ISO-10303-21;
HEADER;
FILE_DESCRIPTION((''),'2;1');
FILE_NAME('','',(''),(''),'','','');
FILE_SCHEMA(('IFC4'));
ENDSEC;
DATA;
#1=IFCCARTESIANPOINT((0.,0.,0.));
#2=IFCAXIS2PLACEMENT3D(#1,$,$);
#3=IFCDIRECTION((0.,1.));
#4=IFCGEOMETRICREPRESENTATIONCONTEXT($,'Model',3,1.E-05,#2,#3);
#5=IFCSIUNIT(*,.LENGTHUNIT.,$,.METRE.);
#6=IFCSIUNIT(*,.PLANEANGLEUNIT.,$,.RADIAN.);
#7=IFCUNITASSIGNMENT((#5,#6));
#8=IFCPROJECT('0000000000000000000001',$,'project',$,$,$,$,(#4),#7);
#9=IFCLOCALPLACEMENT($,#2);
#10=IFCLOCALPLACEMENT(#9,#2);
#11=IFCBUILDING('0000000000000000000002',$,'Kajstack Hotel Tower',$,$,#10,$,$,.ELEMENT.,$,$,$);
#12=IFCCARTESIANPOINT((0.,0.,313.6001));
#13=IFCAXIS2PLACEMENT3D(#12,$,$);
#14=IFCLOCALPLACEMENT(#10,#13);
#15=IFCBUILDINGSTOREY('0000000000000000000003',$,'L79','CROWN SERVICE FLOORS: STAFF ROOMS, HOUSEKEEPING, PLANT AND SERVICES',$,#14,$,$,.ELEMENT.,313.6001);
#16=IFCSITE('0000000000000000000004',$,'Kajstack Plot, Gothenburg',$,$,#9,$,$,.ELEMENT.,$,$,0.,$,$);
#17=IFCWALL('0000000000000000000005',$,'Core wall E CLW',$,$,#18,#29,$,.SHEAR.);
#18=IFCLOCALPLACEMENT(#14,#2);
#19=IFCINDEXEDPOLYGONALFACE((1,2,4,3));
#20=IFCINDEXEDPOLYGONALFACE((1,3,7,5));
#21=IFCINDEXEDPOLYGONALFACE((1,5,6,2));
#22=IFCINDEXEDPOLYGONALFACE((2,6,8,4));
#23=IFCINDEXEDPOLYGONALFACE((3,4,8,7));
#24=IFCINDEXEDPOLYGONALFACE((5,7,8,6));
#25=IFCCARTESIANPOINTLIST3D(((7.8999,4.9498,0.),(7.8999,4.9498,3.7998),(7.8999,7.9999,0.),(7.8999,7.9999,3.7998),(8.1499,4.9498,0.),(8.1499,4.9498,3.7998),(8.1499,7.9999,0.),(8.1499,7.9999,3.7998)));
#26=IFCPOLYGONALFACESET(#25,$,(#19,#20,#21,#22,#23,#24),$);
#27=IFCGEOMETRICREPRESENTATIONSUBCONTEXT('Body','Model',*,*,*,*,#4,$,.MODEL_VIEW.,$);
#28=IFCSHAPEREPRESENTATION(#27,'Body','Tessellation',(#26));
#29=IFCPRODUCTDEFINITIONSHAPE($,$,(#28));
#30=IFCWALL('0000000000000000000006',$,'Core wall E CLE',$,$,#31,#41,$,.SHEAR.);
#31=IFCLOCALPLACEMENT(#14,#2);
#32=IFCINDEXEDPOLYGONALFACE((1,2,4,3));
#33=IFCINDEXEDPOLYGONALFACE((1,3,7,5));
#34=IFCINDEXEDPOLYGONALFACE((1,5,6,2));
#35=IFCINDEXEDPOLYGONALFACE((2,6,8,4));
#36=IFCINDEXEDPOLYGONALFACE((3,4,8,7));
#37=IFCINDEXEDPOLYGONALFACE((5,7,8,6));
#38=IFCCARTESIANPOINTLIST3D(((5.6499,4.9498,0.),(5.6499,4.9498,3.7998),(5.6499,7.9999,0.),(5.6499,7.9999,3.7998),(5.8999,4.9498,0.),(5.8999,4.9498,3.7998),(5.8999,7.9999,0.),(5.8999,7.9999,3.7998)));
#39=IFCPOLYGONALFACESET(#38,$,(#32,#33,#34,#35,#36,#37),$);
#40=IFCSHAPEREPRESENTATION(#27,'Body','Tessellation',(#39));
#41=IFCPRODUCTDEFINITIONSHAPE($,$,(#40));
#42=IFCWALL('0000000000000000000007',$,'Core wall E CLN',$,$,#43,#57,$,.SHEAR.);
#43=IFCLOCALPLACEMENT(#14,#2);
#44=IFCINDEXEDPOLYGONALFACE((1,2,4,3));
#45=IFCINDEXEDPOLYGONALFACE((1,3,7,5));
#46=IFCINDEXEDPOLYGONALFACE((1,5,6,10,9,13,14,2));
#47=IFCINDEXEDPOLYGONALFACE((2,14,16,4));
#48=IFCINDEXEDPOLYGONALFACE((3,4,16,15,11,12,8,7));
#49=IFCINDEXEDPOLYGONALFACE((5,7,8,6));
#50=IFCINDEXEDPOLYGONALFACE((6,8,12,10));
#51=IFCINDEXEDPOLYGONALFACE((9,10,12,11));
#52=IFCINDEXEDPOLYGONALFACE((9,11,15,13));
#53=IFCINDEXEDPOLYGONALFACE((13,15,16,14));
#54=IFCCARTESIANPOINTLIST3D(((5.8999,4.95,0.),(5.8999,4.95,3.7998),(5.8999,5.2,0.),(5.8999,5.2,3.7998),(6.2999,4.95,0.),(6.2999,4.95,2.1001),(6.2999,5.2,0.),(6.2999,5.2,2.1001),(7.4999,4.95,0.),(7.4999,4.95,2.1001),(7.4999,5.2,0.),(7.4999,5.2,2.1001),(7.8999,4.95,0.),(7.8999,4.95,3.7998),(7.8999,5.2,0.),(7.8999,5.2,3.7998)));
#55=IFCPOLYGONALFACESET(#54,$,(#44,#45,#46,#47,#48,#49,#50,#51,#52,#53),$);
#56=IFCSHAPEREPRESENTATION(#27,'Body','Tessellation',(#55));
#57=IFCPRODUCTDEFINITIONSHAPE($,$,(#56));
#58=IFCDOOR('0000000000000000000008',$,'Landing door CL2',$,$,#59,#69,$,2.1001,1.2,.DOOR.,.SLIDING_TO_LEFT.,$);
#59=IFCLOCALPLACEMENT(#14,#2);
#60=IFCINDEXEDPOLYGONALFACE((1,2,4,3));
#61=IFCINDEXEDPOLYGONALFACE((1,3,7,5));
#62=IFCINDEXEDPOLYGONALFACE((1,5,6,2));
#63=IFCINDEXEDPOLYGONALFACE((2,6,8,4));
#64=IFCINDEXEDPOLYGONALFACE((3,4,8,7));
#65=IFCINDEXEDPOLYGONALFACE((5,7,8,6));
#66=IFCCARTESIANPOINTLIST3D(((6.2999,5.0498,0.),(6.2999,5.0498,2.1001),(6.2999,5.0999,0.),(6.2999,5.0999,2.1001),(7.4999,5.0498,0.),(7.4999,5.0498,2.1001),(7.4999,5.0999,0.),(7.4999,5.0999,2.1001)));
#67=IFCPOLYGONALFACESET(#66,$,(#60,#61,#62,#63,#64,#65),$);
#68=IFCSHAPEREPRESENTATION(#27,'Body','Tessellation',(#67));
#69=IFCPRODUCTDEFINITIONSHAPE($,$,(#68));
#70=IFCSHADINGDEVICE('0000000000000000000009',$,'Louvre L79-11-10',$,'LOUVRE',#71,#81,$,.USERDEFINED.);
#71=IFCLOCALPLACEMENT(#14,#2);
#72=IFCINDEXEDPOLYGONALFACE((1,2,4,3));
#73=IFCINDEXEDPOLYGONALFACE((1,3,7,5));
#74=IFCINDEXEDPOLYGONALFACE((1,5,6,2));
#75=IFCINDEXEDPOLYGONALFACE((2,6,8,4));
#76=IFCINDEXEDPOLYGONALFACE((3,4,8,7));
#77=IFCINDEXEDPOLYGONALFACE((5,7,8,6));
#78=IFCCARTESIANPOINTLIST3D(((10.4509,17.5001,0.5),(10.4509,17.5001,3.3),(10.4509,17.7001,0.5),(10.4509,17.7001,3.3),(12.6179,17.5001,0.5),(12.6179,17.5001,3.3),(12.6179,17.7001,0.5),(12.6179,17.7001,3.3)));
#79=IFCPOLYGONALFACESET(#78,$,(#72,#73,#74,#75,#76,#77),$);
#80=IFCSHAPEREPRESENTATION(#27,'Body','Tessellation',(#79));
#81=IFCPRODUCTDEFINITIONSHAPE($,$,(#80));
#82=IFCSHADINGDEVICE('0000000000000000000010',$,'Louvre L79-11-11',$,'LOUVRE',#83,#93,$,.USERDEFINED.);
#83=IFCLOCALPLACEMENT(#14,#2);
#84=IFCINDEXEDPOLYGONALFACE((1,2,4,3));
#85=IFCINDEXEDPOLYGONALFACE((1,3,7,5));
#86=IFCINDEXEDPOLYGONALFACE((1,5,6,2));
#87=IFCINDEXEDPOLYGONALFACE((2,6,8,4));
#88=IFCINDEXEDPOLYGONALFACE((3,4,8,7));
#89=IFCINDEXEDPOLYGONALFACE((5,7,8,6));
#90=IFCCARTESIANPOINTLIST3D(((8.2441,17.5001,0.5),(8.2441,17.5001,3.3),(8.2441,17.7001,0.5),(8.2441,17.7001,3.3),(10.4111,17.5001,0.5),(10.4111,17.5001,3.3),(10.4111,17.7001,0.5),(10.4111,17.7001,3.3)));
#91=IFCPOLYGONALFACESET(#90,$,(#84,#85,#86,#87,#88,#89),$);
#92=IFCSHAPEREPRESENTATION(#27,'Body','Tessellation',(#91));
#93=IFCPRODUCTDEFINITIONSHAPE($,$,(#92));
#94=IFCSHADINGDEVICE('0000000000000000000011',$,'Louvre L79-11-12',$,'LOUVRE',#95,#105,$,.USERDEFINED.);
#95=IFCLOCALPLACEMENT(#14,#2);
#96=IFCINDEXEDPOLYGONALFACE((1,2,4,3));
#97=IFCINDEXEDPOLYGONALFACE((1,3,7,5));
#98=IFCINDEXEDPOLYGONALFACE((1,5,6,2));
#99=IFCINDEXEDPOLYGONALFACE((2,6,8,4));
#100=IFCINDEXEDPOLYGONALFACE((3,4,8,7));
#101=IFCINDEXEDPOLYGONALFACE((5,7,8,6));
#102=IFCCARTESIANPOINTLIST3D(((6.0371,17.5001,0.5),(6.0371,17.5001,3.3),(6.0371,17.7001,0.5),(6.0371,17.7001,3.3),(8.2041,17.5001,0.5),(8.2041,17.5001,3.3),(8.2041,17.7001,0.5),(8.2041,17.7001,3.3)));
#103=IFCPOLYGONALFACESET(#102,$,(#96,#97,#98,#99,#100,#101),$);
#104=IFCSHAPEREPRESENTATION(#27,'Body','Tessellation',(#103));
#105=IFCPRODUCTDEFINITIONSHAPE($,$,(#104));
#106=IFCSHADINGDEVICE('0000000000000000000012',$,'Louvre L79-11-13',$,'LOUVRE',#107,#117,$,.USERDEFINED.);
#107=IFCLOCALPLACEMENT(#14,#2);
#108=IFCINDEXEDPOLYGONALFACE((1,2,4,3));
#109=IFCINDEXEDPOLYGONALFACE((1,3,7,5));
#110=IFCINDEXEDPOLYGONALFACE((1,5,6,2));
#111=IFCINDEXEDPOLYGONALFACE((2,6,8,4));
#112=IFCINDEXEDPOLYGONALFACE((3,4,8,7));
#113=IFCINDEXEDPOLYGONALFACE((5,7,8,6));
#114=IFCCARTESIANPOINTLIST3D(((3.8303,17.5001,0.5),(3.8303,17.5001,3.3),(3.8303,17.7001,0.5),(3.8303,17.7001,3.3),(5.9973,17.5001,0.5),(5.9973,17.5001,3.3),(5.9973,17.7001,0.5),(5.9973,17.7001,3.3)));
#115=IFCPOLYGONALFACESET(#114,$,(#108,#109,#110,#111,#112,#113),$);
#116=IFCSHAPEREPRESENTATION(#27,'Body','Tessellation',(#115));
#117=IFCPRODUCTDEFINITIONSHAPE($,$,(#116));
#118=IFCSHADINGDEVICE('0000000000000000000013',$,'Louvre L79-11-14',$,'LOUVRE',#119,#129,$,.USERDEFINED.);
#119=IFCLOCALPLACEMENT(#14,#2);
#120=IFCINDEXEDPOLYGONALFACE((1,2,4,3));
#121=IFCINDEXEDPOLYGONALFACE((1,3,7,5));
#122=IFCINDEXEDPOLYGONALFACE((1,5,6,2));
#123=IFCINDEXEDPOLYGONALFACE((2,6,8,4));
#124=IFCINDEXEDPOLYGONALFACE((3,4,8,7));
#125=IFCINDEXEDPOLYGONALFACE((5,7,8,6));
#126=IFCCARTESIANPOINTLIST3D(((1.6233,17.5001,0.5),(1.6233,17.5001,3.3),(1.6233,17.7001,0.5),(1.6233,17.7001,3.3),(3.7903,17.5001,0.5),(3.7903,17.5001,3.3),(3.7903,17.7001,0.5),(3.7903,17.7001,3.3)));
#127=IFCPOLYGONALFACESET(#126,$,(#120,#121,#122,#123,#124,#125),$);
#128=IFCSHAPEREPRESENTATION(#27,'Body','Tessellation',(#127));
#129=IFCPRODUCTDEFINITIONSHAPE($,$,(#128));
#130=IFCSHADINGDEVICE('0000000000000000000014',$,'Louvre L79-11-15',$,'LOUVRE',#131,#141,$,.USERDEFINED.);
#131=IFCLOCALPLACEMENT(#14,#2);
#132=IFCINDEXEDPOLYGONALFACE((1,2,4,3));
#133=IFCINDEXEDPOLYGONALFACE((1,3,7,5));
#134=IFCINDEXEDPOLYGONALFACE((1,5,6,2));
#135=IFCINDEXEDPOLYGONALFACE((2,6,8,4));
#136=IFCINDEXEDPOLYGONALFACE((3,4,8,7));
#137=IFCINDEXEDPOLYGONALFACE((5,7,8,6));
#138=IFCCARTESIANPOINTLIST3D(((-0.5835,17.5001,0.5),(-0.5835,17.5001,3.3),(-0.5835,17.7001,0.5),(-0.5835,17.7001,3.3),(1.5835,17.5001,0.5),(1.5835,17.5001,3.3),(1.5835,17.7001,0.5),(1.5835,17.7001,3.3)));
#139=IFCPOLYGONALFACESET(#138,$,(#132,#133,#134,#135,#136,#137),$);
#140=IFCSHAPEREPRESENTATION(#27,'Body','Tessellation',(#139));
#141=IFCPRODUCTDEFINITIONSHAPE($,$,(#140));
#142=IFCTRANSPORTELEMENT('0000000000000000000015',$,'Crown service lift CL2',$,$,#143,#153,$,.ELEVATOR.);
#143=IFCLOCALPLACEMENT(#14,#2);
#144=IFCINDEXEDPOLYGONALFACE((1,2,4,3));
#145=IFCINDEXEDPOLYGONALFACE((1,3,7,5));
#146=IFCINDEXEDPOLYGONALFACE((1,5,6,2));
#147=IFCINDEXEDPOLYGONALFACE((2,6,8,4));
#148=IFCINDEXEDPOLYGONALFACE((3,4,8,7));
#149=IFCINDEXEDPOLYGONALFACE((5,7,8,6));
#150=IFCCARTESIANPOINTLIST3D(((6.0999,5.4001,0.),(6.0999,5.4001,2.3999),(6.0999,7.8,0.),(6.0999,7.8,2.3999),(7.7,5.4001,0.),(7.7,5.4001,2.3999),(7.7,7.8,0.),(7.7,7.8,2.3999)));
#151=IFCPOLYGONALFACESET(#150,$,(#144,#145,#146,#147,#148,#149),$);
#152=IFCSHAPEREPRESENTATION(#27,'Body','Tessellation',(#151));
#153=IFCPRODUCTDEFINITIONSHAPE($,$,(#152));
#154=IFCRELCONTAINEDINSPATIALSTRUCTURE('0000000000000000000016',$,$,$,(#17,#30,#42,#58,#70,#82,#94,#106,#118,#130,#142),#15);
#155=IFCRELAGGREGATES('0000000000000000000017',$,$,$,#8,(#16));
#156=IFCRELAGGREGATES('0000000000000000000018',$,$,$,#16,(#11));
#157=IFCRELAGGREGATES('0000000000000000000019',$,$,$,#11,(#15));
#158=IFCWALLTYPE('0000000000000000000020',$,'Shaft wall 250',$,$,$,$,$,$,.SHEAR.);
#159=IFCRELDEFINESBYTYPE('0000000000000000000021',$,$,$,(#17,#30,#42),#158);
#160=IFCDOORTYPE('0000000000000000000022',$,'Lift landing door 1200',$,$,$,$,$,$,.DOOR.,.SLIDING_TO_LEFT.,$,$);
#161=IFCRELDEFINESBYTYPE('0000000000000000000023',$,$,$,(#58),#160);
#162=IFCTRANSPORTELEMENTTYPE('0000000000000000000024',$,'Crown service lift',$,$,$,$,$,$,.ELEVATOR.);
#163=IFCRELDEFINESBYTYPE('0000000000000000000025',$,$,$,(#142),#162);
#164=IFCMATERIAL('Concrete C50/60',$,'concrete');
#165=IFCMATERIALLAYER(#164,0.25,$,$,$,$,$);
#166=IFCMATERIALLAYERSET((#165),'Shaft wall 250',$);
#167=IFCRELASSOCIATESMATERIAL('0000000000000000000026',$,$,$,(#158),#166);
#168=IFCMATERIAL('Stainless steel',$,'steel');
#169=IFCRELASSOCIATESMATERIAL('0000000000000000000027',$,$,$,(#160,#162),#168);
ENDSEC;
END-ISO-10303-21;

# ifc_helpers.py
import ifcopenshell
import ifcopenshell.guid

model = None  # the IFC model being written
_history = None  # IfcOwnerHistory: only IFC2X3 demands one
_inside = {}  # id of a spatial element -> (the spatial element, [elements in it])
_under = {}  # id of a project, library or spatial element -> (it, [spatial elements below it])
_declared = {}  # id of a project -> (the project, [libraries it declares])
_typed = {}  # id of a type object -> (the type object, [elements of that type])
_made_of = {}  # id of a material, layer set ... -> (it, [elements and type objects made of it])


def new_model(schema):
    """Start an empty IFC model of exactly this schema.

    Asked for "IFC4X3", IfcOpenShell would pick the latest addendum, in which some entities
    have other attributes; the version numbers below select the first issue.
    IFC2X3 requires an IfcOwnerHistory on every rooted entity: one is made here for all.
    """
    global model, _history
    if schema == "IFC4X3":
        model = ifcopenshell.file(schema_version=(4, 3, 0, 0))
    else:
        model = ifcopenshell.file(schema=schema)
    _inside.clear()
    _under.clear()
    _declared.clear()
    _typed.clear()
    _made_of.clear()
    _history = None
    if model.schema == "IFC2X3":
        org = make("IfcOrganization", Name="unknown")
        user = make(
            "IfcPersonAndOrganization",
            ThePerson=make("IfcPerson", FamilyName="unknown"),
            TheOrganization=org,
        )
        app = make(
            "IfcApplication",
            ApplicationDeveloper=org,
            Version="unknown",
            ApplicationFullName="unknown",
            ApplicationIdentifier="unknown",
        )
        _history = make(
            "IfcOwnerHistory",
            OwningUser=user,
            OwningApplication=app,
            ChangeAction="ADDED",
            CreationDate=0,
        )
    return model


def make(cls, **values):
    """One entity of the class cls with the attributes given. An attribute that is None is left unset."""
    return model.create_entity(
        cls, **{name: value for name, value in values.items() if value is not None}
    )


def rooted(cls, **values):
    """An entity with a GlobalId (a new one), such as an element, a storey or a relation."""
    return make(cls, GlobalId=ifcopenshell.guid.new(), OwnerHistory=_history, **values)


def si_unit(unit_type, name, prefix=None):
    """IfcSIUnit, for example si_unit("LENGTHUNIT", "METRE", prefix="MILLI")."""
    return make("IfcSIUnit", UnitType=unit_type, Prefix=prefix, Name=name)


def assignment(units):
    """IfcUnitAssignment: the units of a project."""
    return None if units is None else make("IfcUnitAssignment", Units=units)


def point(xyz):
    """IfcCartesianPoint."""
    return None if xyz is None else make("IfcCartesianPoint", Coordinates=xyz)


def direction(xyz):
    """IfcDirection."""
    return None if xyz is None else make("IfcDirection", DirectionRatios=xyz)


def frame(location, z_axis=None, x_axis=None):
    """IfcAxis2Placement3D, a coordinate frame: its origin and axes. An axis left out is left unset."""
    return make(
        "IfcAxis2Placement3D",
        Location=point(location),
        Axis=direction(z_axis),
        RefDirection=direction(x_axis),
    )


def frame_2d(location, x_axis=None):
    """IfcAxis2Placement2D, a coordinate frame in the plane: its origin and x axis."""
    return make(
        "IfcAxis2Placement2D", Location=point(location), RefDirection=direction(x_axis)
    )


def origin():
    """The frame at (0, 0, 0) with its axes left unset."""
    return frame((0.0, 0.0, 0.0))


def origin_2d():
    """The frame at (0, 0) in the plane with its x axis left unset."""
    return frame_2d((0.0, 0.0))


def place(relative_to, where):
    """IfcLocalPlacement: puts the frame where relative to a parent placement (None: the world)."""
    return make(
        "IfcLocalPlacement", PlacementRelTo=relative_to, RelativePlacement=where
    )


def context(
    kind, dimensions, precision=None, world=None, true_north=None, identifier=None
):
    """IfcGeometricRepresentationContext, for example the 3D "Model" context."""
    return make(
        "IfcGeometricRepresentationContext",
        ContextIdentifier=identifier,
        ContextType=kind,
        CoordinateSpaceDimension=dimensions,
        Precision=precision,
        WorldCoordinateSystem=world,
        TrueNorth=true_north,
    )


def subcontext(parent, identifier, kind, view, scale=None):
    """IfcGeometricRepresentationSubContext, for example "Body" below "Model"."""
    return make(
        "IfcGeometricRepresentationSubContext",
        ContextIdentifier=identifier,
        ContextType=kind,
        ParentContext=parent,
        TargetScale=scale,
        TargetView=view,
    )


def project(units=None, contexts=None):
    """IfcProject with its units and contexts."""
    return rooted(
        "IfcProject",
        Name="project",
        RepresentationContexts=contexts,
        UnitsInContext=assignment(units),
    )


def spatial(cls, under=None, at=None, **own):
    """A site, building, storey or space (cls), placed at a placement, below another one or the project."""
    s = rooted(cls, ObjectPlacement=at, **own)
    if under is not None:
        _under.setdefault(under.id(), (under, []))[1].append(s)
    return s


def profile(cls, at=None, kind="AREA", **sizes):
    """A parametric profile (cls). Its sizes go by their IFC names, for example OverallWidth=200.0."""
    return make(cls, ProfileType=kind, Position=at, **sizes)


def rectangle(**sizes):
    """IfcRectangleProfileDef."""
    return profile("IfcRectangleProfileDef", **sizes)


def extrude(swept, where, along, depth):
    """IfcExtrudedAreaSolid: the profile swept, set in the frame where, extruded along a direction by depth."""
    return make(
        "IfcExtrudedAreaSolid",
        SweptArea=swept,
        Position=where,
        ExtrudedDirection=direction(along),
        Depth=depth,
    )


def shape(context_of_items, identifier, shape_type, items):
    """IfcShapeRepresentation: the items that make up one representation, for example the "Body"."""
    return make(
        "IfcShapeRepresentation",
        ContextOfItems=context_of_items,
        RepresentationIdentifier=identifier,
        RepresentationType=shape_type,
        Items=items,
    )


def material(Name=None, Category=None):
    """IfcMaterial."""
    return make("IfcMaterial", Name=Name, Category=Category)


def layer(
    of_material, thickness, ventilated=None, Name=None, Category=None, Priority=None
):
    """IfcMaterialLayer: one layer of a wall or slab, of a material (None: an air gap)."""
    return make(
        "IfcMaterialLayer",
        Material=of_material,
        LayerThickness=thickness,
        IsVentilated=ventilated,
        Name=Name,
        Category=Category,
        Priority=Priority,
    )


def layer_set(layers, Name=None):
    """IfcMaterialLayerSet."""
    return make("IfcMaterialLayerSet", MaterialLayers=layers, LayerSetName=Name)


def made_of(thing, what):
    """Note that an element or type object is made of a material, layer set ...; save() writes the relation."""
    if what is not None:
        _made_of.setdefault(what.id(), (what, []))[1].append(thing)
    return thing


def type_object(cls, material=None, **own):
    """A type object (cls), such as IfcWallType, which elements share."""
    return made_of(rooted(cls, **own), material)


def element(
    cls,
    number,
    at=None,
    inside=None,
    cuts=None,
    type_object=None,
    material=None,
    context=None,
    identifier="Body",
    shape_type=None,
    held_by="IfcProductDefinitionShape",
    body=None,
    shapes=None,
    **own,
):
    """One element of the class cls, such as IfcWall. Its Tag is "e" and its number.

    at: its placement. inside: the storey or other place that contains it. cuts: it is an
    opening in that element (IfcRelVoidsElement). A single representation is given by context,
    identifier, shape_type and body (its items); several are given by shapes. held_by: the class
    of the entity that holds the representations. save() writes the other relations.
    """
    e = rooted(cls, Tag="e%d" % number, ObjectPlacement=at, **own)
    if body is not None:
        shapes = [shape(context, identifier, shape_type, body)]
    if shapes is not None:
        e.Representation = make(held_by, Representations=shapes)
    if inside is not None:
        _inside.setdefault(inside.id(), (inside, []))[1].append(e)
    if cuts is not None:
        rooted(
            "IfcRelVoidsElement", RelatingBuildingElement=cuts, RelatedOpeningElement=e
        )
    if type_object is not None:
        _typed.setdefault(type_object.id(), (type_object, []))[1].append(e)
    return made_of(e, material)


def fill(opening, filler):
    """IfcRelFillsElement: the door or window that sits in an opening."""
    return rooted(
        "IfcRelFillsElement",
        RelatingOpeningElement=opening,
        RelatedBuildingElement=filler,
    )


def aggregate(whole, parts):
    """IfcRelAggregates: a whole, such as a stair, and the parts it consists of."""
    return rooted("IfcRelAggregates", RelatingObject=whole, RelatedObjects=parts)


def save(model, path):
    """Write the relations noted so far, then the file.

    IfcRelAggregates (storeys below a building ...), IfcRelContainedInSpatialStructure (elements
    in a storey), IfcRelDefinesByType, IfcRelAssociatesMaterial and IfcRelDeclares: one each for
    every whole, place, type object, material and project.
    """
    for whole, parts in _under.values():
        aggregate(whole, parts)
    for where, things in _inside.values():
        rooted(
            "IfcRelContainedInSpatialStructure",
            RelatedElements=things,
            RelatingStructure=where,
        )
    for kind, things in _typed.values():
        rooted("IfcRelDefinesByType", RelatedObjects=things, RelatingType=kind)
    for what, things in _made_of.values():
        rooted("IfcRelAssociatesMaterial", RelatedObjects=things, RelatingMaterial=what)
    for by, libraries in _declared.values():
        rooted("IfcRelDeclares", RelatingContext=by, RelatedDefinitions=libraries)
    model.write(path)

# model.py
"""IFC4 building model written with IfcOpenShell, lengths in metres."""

from ifc_helpers import new_model, si_unit, direction, frame, frame_2d, origin, origin_2d, place, context, subcontext, project, spatial, rectangle, extrude, material, layer, layer_set, type_object, element, fill, save


model = new_model("IFC4")

# Units and contexts
model_context = context("Model", 3, precision=1e-05, world=origin(), true_north=direction((0.0, 1.0)))
body_context = subcontext(model_context, "Body", "Model", "MODEL_VIEW")
ifc_project = project(units=[si_unit("LENGTHUNIT", "METRE"), si_unit("PLANEANGLEUNIT", "RADIAN")], contexts=[model_context])

# Site, building, storey
site_placement = place(None, origin())
site = spatial("IfcSite", under=ifc_project, at=site_placement, Name="Kajstack Plot, Gothenburg", CompositionType="ELEMENT", RefElevation=0.0)
building_placement = place(site_placement, origin())
building = spatial("IfcBuilding", under=site, at=building_placement, Name="Kajstack Hotel Tower", CompositionType="ELEMENT")
storey_placement = place(building_placement, frame((0.0, 0.0, 313.6001)))
storey = spatial("IfcBuildingStorey", under=building, at=storey_placement, Name="L79", Description="CROWN SERVICE FLOORS: STAFF ROOMS, HOUSEKEEPING, PLANT AND SERVICES", CompositionType="ELEMENT", Elevation=313.6001)

# Walls
ifc_material_1 = material(Name="Concrete C50/60", Category="concrete")
ifc_layer_1 = layer(ifc_material_1, 0.25)
ifc_layer_set_1 = layer_set([ifc_layer_1], Name="Shaft wall 250")
wall_type_1 = type_object("IfcWallType", Name="Shaft wall 250", PredefinedType="SHEAR", material=ifc_layer_set_1)
for number, where, z_axis, x_axis, name in (
    (1, (8.0249, 4.95, 0.0), (0.0, 0.0, 1.0), (0.0, 1.0, 0.0), "Core wall E CLW"),
    (2, (5.7749, 4.95, 0.0), (0.0, 0.0, 1.0), (0.0, 1.0, 0.0), "Core wall E CLE"),
):
    element("IfcWall", number, at=place(storey_placement, frame(where, z_axis=z_axis, x_axis=x_axis)), inside=storey, type_object=wall_type_1, Name=name, PredefinedType="SHEAR", context=body_context, shape_type="SweptSolid", body=[
        extrude(rectangle(XDim=3.05, YDim=0.25, at=frame_2d((1.5249, 0.0))), origin(), (0.0, 0.0, 1.0), 3.7998),
    ])

# Wall, opening, door
wall_1_placement = place(storey_placement, frame((5.8999, 5.075, 0.0), z_axis=(0.0, 0.0, 1.0), x_axis=(1.0, 0.0, 0.0)))
wall_1 = element("IfcWall", 3, at=wall_1_placement, inside=storey, type_object=wall_type_1, Name="Core wall E CLN", PredefinedType="SHEAR", context=body_context, shape_type="SweptSolid", body=[
    extrude(rectangle(XDim=2.0, YDim=0.25, at=frame_2d((1.0, 0.0))), origin(), (0.0, 0.0, 1.0), 3.7998),
])
opening_placement = place(wall_1_placement, frame((0.3999, 0.0, 0.0)))
opening = element("IfcOpeningElement", 4, at=opening_placement, cuts=wall_1, PredefinedType="OPENING", context=body_context, shape_type="SweptSolid", body=[
    extrude(rectangle(XDim=1.2, YDim=2.1001, at=frame_2d((0.6001, 1.05))), frame((0.0, 0.135, 0.0), z_axis=(0.0, -1.0, 0.0), x_axis=(1.0, 0.0, 0.0)), (0.0, 0.0, 1.0), 0.27),
])
ifc_material_2 = material(Name="Stainless steel", Category="steel")
door_type = type_object("IfcDoorType", Name="Lift landing door 1200", OperationType="SLIDING_TO_LEFT", PredefinedType="DOOR", material=ifc_material_2)
door_placement = place(opening_placement, origin())
door = element("IfcDoor", 5, at=door_placement, inside=storey, type_object=door_type, Name="Landing door CL2", OperationType="SLIDING_TO_LEFT", OverallHeight=2.1001, OverallWidth=1.2, PredefinedType="DOOR", context=body_context, shape_type="SweptSolid", body=[
    extrude(rectangle(XDim=1.2, YDim=2.1001, at=frame_2d((0.6001, 1.05))), frame((0.0, 0.0249, 0.0), z_axis=(0.0, -1.0, 0.0), x_axis=(1.0, 0.0, 0.0)), (0.0, 0.0, 1.0), 0.05),
])
fill(opening, door)

# Shading devices
for number, where, z_axis, x_axis, name in (
    (6, (11.5344, 17.6001, 0.5), (0.0, 0.0, 1.0), (-1.0, 0.0, 0.0), "Louvre L79-11-10"),
    (7, (9.3276, 17.6001, 0.5), (0.0, 0.0, 1.0), (-1.0, 0.0, 0.0), "Louvre L79-11-11"),
    (8, (7.1206, 17.6001, 0.5), (0.0, 0.0, 1.0), (-1.0, 0.0, 0.0), "Louvre L79-11-12"),
    (9, (4.9138, 17.6001, 0.5), (0.0, 0.0, 1.0), (-1.0, 0.0, 0.0), "Louvre L79-11-13"),
    (10, (2.7068, 17.6001, 0.5), (0.0, 0.0, 1.0), (-1.0, 0.0, 0.0), "Louvre L79-11-14"),
    (11, (0.5, 17.6001, 0.5), (0.0, 0.0, 1.0), (-1.0, 0.0, 0.0), "Louvre L79-11-15"),
):
    element("IfcShadingDevice", number, at=place(storey_placement, frame(where, z_axis=z_axis, x_axis=x_axis)), inside=storey, Name=name, ObjectType="LOUVRE", PredefinedType="USERDEFINED", context=body_context, shape_type="SweptSolid", body=[
        extrude(rectangle(XDim=2.167, YDim=0.2, at=origin_2d()), origin(), (0.0, 0.0, 1.0), 2.8),
    ])

# Transport element
transport_element_type = type_object("IfcTransportElementType", Name="Crown service lift", PredefinedType="ELEVATOR", material=ifc_material_2)
transport_element_placement = place(storey_placement, frame((6.8999, 6.6001, 0.0), z_axis=(0.0, 0.0, 1.0), x_axis=(1.0, 0.0, 0.0)))
element("IfcTransportElement", 12, at=transport_element_placement, inside=storey, type_object=transport_element_type, Name="Crown service lift CL2", PredefinedType="ELEVATOR", context=body_context, shape_type="SweptSolid", body=[
    extrude(rectangle(XDim=1.6001, YDim=2.3999, at=origin_2d()), origin(), (0.0, 0.0, 1.0), 2.3999),
])

save(model, "model.ifc")
